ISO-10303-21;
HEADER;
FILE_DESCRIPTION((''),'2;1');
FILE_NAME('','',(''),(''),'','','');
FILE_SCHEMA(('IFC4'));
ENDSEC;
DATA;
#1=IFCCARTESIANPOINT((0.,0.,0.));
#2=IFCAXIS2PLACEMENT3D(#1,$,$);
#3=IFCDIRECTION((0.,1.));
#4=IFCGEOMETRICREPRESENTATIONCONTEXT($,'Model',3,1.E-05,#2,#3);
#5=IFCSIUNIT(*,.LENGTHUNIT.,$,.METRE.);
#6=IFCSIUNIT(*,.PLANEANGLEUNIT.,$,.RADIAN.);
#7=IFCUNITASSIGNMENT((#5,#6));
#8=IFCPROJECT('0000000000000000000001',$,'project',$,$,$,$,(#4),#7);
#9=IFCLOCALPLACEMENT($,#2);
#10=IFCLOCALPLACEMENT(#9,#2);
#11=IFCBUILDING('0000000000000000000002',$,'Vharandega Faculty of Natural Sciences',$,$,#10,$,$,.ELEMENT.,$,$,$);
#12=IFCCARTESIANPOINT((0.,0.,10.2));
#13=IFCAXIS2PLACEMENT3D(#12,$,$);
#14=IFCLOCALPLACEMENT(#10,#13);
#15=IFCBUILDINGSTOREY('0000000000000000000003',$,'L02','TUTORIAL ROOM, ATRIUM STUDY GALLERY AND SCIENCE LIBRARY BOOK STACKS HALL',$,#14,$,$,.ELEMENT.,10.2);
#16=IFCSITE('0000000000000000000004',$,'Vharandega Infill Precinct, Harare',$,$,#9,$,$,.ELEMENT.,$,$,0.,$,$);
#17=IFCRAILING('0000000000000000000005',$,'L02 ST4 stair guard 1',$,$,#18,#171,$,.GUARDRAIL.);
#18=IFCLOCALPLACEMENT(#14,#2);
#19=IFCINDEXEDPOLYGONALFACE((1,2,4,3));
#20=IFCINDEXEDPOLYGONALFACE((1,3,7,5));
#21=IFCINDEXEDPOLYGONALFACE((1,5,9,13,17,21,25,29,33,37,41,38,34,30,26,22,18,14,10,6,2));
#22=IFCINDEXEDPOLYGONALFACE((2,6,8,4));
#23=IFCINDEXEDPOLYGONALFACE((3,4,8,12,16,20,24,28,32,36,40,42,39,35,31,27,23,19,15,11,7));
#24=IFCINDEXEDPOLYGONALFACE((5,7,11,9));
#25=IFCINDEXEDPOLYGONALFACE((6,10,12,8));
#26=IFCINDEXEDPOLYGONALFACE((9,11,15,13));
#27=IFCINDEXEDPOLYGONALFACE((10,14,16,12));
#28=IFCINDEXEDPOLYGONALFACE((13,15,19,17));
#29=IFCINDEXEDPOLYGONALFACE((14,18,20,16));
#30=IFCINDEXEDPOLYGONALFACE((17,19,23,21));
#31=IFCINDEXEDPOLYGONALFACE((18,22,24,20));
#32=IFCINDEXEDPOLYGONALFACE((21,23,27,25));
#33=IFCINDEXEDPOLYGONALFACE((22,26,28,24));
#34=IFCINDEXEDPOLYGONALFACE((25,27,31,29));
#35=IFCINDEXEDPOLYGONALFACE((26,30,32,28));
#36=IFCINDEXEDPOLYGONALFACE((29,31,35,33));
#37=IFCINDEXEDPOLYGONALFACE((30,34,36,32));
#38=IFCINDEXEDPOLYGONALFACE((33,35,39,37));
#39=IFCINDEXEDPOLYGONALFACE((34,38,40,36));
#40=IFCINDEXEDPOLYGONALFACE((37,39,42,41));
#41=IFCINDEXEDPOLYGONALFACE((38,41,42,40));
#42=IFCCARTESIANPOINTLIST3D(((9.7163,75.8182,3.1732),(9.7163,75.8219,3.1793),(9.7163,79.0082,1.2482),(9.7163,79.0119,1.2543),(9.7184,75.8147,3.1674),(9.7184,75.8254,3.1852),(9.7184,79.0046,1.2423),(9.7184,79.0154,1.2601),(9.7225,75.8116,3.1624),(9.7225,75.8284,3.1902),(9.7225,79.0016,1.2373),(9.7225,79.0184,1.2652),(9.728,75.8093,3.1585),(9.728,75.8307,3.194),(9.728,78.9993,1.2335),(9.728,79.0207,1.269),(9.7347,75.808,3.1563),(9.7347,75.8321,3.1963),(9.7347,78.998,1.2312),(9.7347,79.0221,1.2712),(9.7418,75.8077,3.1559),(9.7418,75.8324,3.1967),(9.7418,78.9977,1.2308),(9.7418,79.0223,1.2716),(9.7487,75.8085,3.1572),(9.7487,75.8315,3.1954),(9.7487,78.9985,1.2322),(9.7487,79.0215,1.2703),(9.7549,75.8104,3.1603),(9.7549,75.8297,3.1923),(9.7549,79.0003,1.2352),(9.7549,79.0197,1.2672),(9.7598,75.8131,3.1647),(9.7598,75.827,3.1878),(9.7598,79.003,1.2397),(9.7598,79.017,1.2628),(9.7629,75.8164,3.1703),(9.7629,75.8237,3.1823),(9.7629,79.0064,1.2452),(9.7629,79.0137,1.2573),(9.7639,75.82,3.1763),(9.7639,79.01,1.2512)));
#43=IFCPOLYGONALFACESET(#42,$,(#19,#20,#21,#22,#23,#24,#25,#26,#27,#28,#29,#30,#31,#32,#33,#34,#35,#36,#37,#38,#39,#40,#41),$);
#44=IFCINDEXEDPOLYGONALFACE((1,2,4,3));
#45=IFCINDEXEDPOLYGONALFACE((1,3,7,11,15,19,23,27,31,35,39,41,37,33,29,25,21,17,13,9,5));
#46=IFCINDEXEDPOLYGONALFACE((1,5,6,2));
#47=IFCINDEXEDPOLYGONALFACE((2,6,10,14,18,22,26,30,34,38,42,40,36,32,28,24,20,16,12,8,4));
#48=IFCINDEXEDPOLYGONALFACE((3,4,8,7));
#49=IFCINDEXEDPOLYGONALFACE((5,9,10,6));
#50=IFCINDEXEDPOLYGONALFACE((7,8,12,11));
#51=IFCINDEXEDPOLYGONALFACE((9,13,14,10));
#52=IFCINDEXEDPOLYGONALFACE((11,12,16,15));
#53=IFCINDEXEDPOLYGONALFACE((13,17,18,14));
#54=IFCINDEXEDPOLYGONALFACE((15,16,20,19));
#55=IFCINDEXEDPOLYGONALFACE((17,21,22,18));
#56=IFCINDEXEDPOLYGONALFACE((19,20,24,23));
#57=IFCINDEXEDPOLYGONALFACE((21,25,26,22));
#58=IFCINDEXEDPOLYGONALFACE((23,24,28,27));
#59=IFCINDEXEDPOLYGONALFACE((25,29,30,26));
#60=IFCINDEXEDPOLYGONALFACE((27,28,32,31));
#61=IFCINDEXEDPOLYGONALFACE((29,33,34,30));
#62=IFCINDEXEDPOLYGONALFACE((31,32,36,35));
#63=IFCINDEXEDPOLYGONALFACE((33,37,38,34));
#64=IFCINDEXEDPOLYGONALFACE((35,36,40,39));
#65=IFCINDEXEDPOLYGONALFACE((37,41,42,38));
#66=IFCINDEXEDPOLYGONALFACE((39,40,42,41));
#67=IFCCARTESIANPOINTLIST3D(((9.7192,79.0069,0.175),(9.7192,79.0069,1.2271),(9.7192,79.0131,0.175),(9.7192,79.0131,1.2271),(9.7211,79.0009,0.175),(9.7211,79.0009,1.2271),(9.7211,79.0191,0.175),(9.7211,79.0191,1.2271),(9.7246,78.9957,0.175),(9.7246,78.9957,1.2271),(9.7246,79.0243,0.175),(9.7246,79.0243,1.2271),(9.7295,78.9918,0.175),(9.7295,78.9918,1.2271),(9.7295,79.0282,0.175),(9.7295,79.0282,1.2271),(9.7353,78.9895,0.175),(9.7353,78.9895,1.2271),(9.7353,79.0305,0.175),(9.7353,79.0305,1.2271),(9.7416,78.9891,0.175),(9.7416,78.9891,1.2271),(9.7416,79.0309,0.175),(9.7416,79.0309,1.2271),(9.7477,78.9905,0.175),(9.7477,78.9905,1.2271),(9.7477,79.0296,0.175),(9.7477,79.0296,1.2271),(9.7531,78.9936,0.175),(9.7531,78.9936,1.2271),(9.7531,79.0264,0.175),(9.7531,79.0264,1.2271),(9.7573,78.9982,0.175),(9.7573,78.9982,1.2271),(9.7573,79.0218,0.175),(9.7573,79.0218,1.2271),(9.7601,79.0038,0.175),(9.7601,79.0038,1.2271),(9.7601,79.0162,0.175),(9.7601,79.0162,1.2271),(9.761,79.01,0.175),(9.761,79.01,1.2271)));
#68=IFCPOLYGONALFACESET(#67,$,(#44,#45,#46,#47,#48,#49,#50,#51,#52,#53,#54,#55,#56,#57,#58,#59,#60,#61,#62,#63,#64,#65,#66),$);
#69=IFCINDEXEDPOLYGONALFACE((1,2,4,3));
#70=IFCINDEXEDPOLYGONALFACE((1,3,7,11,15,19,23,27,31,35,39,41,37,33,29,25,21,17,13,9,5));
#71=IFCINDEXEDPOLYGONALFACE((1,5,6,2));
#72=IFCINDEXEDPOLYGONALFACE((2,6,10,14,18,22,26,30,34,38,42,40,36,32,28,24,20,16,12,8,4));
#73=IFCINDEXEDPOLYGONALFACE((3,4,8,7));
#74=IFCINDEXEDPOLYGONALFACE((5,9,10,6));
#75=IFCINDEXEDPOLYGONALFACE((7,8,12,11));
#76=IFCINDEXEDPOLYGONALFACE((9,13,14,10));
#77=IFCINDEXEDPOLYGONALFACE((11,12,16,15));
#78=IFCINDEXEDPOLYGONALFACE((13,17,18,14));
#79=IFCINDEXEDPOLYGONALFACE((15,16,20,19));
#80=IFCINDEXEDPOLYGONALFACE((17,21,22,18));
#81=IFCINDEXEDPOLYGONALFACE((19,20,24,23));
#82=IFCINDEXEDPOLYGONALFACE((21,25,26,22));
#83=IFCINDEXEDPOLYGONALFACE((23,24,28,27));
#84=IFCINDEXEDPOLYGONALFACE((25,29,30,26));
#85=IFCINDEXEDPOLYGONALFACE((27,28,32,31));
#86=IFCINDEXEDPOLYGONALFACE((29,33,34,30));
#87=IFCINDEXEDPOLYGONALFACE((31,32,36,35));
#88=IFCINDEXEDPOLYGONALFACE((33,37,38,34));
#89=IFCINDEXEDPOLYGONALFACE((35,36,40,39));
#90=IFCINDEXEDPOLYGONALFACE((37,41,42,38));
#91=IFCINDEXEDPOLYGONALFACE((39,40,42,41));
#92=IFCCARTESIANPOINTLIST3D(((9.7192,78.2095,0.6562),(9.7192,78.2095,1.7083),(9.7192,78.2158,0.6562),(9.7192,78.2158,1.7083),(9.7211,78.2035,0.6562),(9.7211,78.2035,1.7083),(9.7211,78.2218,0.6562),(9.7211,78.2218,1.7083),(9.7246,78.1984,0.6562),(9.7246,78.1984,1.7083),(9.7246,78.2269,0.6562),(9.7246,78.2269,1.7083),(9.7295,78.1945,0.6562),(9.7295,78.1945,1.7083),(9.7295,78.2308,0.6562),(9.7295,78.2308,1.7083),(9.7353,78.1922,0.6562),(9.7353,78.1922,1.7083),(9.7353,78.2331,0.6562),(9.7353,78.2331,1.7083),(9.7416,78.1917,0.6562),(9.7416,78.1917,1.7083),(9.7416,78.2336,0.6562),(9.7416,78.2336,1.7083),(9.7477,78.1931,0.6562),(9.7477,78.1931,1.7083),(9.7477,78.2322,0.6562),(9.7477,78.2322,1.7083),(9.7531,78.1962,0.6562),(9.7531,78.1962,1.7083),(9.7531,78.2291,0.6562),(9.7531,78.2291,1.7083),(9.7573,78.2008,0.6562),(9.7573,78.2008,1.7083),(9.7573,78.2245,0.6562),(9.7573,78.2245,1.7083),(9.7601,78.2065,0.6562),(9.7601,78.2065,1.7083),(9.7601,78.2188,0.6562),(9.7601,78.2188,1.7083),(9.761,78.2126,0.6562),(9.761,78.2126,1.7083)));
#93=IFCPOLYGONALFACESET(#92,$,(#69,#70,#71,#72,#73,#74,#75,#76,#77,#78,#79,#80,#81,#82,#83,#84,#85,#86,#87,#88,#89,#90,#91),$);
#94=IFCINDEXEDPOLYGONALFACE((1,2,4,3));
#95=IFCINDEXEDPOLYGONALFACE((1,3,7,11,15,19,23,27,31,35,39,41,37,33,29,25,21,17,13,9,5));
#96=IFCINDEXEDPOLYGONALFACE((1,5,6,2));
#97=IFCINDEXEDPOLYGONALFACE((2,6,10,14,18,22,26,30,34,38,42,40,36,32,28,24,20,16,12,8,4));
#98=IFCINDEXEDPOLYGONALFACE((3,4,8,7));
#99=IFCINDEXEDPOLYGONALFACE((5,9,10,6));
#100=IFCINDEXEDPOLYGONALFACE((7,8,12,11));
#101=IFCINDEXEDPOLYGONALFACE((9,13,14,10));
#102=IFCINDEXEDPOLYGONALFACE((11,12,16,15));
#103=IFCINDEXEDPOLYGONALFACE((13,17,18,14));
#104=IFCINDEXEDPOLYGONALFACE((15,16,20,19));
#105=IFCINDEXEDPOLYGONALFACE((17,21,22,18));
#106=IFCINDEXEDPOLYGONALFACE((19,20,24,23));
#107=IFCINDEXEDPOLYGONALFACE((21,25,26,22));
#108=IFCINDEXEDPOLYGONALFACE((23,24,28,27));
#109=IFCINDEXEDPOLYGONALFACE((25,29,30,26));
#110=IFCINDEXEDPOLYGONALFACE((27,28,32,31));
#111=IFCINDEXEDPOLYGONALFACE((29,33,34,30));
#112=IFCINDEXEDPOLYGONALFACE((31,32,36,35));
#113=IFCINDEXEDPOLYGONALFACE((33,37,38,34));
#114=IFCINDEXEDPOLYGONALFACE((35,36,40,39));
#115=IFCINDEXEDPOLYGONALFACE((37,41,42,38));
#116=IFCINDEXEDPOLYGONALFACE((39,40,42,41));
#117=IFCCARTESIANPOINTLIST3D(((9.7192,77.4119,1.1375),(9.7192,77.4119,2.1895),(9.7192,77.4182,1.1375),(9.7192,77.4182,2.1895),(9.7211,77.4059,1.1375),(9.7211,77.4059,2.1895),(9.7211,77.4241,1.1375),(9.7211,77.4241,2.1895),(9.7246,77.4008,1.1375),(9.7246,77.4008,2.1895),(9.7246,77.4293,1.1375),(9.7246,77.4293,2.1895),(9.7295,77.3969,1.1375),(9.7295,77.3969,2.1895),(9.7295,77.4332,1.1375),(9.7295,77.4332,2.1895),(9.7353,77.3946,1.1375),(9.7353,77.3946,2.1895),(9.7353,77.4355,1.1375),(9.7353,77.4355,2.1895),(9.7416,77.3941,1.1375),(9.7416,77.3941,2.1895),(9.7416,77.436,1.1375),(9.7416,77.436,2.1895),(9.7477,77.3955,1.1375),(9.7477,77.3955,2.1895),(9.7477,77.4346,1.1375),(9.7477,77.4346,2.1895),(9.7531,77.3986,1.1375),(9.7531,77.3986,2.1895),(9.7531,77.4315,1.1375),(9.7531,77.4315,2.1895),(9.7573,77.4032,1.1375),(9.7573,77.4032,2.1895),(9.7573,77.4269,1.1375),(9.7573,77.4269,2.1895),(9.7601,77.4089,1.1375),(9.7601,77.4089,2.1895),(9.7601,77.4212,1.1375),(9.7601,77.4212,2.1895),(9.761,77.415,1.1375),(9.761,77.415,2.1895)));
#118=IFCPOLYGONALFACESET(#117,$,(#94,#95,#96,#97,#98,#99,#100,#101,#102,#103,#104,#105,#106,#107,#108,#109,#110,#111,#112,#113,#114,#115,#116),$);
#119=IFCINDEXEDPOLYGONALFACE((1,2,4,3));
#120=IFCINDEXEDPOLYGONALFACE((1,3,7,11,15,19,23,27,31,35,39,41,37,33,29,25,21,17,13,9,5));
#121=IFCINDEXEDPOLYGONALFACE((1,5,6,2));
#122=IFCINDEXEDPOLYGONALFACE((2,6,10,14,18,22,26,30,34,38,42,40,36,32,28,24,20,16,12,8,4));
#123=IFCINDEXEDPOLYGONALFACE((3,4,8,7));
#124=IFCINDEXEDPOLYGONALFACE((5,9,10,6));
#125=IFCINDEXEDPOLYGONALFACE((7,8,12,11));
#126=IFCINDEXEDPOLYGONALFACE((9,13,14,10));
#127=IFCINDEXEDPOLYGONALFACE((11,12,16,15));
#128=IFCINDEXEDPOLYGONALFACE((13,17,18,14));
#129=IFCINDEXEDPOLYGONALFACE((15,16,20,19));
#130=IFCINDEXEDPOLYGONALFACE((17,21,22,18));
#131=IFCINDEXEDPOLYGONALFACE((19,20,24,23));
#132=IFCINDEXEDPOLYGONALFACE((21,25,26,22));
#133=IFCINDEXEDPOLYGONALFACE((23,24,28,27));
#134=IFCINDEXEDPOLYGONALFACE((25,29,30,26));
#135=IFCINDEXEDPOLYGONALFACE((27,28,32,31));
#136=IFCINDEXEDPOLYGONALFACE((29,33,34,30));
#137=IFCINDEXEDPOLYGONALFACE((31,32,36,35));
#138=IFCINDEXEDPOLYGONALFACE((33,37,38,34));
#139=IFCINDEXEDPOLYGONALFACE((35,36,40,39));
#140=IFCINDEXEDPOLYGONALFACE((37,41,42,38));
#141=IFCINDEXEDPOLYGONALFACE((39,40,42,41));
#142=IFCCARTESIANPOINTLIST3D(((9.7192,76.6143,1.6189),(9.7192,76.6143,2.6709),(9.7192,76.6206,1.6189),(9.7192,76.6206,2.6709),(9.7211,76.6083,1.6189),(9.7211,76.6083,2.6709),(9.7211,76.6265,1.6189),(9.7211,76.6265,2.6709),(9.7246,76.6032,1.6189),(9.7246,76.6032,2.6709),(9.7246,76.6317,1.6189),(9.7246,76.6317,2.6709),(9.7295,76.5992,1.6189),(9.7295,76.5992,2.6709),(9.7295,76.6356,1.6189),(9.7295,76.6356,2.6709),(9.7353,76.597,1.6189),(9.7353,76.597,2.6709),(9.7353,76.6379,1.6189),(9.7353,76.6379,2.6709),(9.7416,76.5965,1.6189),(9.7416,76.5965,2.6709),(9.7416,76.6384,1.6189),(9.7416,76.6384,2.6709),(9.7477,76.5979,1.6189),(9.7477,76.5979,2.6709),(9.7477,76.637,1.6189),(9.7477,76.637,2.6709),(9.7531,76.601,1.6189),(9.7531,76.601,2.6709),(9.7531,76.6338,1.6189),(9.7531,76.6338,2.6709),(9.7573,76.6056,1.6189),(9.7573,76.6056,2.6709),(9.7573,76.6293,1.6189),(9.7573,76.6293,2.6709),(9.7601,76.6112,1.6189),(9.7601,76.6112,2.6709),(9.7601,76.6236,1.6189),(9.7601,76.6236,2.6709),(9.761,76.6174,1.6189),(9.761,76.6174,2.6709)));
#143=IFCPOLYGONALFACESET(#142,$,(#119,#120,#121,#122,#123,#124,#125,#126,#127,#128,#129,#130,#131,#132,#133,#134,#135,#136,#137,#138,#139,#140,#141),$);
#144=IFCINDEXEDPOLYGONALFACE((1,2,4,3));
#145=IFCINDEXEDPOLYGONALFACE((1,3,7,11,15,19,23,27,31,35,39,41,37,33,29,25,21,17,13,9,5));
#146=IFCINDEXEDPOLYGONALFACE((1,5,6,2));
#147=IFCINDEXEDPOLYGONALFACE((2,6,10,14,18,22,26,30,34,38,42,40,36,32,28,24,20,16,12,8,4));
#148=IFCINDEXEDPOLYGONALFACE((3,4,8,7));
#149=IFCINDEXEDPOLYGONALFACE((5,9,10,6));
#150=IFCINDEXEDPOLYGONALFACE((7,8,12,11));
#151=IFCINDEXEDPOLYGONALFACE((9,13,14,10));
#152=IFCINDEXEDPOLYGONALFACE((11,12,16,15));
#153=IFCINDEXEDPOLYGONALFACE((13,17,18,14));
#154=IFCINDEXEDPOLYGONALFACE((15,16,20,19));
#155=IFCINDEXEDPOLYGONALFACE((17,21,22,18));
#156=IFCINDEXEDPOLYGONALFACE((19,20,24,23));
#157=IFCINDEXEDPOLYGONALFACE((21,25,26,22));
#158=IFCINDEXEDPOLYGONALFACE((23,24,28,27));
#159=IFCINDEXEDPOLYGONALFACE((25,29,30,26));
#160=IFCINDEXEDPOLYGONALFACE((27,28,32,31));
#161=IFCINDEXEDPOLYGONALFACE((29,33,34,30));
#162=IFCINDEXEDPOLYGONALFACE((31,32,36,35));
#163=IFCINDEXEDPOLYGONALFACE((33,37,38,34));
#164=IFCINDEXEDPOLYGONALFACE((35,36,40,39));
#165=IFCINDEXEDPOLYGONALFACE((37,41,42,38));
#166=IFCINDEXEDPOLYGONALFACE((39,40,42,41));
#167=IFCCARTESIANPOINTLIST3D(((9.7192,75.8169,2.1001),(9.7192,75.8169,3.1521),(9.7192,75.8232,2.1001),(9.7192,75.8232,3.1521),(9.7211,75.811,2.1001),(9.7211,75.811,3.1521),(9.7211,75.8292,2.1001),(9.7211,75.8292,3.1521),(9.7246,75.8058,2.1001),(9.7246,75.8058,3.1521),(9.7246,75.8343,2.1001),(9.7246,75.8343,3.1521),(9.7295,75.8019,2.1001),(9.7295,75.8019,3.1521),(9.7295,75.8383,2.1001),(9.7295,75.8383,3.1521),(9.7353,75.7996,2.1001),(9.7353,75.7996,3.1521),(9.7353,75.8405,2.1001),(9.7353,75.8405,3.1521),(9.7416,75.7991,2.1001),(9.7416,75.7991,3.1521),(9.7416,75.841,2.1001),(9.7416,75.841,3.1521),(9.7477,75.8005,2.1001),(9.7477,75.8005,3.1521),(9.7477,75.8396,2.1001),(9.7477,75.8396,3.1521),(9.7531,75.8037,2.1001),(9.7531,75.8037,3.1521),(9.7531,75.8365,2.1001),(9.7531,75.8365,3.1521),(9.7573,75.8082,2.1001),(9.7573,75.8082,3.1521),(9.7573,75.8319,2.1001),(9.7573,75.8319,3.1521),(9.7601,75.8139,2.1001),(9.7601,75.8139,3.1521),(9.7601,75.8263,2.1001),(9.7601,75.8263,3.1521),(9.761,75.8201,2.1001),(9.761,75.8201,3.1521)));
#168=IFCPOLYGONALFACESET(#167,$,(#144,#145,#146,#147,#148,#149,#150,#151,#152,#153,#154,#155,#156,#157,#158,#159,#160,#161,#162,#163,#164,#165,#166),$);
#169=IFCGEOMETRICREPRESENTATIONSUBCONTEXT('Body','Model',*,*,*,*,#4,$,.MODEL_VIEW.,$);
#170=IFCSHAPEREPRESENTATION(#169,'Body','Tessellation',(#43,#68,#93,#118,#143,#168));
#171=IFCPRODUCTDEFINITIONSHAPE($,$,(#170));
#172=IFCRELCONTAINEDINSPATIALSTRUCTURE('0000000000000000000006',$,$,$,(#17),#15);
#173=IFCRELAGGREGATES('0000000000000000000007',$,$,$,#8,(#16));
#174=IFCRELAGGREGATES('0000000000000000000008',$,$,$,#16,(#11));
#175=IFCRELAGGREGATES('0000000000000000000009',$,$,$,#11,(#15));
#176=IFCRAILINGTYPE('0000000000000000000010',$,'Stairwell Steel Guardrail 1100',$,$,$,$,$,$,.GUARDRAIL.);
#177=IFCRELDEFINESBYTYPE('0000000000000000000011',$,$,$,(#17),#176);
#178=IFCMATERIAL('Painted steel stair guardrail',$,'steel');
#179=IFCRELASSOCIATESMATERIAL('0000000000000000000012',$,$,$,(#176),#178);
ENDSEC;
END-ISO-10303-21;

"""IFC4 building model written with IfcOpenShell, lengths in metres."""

from ifc_helpers import new_model, si_unit, direction, frame, origin, origin_2d, place, context, subcontext, project, spatial, circle, extrude, material, type_object, element, save


model = new_model("IFC4")

# Units and contexts
model_context = context("Model", 3, precision=1e-05, world=origin(), true_north=direction((0.0, 1.0)))
body_context = subcontext(model_context, "Body", "Model", "MODEL_VIEW")
ifc_project = project(units=[si_unit("LENGTHUNIT", "METRE"), si_unit("PLANEANGLEUNIT", "RADIAN")], contexts=[model_context])

# Site, building, storey
site_placement = place(None, origin())
site = spatial("IfcSite", under=ifc_project, at=site_placement, Name="Vharandega Infill Precinct, Harare", CompositionType="ELEMENT", RefElevation=0.0)
building_placement = place(site_placement, origin())
building = spatial("IfcBuilding", under=site, at=building_placement, Name="Vharandega Faculty of Natural Sciences", CompositionType="ELEMENT")
storey_placement = place(building_placement, frame((0.0, 0.0, 10.2)))
storey = spatial("IfcBuildingStorey", under=building, at=storey_placement, Name="L02", Description="TUTORIAL ROOM, ATRIUM STUDY GALLERY AND SCIENCE LIBRARY BOOK STACKS HALL", CompositionType="ELEMENT", Elevation=10.2)

# Railing
ifc_material_1 = material(Name="Painted steel stair guardrail", Category="steel")
railing_type_1 = type_object("IfcRailingType", Name="Stairwell Steel Guardrail 1100", PredefinedType="GUARDRAIL", material=ifc_material_1)
railing_1_placement = place(storey_placement, frame((9.74, 79.01, 0.175)))
element("IfcRailing", 1, at=railing_1_placement, inside=storey, type_object=railing_type_1, Name="L02 ST4 stair guard 1", PredefinedType="GUARDRAIL", context=body_context, shape_type="SweptSolid", body=[
    extrude(circle(Radius=0.0239, at=origin_2d()), frame((0.0, 0.0, 1.0762), z_axis=(0.0, -0.856178, 0.516682), x_axis=(1.0, 0.0, 0.0)), (0.0, 0.0, 1.0), 3.7258),
    extrude(circle(Radius=0.021, at=origin_2d()), origin(), (0.0, 0.0, 1.0), 1.052),
    extrude(circle(Radius=0.021, at=origin_2d()), frame((0.0, -0.7974, 0.4812)), (0.0, 0.0, 1.0), 1.052),
    extrude(circle(Radius=0.021, at=origin_2d()), frame((0.0, -1.595, 0.9624)), (0.0, 0.0, 1.0), 1.052),
    extrude(circle(Radius=0.021, at=origin_2d()), frame((0.0, -2.3926, 1.4438)), (0.0, 0.0, 1.0), 1.052),
    extrude(circle(Radius=0.021, at=origin_2d()), frame((0.0, -3.1899, 1.925)), (0.0, 0.0, 1.0), 1.052),
])

save(model, "model.ifc")
